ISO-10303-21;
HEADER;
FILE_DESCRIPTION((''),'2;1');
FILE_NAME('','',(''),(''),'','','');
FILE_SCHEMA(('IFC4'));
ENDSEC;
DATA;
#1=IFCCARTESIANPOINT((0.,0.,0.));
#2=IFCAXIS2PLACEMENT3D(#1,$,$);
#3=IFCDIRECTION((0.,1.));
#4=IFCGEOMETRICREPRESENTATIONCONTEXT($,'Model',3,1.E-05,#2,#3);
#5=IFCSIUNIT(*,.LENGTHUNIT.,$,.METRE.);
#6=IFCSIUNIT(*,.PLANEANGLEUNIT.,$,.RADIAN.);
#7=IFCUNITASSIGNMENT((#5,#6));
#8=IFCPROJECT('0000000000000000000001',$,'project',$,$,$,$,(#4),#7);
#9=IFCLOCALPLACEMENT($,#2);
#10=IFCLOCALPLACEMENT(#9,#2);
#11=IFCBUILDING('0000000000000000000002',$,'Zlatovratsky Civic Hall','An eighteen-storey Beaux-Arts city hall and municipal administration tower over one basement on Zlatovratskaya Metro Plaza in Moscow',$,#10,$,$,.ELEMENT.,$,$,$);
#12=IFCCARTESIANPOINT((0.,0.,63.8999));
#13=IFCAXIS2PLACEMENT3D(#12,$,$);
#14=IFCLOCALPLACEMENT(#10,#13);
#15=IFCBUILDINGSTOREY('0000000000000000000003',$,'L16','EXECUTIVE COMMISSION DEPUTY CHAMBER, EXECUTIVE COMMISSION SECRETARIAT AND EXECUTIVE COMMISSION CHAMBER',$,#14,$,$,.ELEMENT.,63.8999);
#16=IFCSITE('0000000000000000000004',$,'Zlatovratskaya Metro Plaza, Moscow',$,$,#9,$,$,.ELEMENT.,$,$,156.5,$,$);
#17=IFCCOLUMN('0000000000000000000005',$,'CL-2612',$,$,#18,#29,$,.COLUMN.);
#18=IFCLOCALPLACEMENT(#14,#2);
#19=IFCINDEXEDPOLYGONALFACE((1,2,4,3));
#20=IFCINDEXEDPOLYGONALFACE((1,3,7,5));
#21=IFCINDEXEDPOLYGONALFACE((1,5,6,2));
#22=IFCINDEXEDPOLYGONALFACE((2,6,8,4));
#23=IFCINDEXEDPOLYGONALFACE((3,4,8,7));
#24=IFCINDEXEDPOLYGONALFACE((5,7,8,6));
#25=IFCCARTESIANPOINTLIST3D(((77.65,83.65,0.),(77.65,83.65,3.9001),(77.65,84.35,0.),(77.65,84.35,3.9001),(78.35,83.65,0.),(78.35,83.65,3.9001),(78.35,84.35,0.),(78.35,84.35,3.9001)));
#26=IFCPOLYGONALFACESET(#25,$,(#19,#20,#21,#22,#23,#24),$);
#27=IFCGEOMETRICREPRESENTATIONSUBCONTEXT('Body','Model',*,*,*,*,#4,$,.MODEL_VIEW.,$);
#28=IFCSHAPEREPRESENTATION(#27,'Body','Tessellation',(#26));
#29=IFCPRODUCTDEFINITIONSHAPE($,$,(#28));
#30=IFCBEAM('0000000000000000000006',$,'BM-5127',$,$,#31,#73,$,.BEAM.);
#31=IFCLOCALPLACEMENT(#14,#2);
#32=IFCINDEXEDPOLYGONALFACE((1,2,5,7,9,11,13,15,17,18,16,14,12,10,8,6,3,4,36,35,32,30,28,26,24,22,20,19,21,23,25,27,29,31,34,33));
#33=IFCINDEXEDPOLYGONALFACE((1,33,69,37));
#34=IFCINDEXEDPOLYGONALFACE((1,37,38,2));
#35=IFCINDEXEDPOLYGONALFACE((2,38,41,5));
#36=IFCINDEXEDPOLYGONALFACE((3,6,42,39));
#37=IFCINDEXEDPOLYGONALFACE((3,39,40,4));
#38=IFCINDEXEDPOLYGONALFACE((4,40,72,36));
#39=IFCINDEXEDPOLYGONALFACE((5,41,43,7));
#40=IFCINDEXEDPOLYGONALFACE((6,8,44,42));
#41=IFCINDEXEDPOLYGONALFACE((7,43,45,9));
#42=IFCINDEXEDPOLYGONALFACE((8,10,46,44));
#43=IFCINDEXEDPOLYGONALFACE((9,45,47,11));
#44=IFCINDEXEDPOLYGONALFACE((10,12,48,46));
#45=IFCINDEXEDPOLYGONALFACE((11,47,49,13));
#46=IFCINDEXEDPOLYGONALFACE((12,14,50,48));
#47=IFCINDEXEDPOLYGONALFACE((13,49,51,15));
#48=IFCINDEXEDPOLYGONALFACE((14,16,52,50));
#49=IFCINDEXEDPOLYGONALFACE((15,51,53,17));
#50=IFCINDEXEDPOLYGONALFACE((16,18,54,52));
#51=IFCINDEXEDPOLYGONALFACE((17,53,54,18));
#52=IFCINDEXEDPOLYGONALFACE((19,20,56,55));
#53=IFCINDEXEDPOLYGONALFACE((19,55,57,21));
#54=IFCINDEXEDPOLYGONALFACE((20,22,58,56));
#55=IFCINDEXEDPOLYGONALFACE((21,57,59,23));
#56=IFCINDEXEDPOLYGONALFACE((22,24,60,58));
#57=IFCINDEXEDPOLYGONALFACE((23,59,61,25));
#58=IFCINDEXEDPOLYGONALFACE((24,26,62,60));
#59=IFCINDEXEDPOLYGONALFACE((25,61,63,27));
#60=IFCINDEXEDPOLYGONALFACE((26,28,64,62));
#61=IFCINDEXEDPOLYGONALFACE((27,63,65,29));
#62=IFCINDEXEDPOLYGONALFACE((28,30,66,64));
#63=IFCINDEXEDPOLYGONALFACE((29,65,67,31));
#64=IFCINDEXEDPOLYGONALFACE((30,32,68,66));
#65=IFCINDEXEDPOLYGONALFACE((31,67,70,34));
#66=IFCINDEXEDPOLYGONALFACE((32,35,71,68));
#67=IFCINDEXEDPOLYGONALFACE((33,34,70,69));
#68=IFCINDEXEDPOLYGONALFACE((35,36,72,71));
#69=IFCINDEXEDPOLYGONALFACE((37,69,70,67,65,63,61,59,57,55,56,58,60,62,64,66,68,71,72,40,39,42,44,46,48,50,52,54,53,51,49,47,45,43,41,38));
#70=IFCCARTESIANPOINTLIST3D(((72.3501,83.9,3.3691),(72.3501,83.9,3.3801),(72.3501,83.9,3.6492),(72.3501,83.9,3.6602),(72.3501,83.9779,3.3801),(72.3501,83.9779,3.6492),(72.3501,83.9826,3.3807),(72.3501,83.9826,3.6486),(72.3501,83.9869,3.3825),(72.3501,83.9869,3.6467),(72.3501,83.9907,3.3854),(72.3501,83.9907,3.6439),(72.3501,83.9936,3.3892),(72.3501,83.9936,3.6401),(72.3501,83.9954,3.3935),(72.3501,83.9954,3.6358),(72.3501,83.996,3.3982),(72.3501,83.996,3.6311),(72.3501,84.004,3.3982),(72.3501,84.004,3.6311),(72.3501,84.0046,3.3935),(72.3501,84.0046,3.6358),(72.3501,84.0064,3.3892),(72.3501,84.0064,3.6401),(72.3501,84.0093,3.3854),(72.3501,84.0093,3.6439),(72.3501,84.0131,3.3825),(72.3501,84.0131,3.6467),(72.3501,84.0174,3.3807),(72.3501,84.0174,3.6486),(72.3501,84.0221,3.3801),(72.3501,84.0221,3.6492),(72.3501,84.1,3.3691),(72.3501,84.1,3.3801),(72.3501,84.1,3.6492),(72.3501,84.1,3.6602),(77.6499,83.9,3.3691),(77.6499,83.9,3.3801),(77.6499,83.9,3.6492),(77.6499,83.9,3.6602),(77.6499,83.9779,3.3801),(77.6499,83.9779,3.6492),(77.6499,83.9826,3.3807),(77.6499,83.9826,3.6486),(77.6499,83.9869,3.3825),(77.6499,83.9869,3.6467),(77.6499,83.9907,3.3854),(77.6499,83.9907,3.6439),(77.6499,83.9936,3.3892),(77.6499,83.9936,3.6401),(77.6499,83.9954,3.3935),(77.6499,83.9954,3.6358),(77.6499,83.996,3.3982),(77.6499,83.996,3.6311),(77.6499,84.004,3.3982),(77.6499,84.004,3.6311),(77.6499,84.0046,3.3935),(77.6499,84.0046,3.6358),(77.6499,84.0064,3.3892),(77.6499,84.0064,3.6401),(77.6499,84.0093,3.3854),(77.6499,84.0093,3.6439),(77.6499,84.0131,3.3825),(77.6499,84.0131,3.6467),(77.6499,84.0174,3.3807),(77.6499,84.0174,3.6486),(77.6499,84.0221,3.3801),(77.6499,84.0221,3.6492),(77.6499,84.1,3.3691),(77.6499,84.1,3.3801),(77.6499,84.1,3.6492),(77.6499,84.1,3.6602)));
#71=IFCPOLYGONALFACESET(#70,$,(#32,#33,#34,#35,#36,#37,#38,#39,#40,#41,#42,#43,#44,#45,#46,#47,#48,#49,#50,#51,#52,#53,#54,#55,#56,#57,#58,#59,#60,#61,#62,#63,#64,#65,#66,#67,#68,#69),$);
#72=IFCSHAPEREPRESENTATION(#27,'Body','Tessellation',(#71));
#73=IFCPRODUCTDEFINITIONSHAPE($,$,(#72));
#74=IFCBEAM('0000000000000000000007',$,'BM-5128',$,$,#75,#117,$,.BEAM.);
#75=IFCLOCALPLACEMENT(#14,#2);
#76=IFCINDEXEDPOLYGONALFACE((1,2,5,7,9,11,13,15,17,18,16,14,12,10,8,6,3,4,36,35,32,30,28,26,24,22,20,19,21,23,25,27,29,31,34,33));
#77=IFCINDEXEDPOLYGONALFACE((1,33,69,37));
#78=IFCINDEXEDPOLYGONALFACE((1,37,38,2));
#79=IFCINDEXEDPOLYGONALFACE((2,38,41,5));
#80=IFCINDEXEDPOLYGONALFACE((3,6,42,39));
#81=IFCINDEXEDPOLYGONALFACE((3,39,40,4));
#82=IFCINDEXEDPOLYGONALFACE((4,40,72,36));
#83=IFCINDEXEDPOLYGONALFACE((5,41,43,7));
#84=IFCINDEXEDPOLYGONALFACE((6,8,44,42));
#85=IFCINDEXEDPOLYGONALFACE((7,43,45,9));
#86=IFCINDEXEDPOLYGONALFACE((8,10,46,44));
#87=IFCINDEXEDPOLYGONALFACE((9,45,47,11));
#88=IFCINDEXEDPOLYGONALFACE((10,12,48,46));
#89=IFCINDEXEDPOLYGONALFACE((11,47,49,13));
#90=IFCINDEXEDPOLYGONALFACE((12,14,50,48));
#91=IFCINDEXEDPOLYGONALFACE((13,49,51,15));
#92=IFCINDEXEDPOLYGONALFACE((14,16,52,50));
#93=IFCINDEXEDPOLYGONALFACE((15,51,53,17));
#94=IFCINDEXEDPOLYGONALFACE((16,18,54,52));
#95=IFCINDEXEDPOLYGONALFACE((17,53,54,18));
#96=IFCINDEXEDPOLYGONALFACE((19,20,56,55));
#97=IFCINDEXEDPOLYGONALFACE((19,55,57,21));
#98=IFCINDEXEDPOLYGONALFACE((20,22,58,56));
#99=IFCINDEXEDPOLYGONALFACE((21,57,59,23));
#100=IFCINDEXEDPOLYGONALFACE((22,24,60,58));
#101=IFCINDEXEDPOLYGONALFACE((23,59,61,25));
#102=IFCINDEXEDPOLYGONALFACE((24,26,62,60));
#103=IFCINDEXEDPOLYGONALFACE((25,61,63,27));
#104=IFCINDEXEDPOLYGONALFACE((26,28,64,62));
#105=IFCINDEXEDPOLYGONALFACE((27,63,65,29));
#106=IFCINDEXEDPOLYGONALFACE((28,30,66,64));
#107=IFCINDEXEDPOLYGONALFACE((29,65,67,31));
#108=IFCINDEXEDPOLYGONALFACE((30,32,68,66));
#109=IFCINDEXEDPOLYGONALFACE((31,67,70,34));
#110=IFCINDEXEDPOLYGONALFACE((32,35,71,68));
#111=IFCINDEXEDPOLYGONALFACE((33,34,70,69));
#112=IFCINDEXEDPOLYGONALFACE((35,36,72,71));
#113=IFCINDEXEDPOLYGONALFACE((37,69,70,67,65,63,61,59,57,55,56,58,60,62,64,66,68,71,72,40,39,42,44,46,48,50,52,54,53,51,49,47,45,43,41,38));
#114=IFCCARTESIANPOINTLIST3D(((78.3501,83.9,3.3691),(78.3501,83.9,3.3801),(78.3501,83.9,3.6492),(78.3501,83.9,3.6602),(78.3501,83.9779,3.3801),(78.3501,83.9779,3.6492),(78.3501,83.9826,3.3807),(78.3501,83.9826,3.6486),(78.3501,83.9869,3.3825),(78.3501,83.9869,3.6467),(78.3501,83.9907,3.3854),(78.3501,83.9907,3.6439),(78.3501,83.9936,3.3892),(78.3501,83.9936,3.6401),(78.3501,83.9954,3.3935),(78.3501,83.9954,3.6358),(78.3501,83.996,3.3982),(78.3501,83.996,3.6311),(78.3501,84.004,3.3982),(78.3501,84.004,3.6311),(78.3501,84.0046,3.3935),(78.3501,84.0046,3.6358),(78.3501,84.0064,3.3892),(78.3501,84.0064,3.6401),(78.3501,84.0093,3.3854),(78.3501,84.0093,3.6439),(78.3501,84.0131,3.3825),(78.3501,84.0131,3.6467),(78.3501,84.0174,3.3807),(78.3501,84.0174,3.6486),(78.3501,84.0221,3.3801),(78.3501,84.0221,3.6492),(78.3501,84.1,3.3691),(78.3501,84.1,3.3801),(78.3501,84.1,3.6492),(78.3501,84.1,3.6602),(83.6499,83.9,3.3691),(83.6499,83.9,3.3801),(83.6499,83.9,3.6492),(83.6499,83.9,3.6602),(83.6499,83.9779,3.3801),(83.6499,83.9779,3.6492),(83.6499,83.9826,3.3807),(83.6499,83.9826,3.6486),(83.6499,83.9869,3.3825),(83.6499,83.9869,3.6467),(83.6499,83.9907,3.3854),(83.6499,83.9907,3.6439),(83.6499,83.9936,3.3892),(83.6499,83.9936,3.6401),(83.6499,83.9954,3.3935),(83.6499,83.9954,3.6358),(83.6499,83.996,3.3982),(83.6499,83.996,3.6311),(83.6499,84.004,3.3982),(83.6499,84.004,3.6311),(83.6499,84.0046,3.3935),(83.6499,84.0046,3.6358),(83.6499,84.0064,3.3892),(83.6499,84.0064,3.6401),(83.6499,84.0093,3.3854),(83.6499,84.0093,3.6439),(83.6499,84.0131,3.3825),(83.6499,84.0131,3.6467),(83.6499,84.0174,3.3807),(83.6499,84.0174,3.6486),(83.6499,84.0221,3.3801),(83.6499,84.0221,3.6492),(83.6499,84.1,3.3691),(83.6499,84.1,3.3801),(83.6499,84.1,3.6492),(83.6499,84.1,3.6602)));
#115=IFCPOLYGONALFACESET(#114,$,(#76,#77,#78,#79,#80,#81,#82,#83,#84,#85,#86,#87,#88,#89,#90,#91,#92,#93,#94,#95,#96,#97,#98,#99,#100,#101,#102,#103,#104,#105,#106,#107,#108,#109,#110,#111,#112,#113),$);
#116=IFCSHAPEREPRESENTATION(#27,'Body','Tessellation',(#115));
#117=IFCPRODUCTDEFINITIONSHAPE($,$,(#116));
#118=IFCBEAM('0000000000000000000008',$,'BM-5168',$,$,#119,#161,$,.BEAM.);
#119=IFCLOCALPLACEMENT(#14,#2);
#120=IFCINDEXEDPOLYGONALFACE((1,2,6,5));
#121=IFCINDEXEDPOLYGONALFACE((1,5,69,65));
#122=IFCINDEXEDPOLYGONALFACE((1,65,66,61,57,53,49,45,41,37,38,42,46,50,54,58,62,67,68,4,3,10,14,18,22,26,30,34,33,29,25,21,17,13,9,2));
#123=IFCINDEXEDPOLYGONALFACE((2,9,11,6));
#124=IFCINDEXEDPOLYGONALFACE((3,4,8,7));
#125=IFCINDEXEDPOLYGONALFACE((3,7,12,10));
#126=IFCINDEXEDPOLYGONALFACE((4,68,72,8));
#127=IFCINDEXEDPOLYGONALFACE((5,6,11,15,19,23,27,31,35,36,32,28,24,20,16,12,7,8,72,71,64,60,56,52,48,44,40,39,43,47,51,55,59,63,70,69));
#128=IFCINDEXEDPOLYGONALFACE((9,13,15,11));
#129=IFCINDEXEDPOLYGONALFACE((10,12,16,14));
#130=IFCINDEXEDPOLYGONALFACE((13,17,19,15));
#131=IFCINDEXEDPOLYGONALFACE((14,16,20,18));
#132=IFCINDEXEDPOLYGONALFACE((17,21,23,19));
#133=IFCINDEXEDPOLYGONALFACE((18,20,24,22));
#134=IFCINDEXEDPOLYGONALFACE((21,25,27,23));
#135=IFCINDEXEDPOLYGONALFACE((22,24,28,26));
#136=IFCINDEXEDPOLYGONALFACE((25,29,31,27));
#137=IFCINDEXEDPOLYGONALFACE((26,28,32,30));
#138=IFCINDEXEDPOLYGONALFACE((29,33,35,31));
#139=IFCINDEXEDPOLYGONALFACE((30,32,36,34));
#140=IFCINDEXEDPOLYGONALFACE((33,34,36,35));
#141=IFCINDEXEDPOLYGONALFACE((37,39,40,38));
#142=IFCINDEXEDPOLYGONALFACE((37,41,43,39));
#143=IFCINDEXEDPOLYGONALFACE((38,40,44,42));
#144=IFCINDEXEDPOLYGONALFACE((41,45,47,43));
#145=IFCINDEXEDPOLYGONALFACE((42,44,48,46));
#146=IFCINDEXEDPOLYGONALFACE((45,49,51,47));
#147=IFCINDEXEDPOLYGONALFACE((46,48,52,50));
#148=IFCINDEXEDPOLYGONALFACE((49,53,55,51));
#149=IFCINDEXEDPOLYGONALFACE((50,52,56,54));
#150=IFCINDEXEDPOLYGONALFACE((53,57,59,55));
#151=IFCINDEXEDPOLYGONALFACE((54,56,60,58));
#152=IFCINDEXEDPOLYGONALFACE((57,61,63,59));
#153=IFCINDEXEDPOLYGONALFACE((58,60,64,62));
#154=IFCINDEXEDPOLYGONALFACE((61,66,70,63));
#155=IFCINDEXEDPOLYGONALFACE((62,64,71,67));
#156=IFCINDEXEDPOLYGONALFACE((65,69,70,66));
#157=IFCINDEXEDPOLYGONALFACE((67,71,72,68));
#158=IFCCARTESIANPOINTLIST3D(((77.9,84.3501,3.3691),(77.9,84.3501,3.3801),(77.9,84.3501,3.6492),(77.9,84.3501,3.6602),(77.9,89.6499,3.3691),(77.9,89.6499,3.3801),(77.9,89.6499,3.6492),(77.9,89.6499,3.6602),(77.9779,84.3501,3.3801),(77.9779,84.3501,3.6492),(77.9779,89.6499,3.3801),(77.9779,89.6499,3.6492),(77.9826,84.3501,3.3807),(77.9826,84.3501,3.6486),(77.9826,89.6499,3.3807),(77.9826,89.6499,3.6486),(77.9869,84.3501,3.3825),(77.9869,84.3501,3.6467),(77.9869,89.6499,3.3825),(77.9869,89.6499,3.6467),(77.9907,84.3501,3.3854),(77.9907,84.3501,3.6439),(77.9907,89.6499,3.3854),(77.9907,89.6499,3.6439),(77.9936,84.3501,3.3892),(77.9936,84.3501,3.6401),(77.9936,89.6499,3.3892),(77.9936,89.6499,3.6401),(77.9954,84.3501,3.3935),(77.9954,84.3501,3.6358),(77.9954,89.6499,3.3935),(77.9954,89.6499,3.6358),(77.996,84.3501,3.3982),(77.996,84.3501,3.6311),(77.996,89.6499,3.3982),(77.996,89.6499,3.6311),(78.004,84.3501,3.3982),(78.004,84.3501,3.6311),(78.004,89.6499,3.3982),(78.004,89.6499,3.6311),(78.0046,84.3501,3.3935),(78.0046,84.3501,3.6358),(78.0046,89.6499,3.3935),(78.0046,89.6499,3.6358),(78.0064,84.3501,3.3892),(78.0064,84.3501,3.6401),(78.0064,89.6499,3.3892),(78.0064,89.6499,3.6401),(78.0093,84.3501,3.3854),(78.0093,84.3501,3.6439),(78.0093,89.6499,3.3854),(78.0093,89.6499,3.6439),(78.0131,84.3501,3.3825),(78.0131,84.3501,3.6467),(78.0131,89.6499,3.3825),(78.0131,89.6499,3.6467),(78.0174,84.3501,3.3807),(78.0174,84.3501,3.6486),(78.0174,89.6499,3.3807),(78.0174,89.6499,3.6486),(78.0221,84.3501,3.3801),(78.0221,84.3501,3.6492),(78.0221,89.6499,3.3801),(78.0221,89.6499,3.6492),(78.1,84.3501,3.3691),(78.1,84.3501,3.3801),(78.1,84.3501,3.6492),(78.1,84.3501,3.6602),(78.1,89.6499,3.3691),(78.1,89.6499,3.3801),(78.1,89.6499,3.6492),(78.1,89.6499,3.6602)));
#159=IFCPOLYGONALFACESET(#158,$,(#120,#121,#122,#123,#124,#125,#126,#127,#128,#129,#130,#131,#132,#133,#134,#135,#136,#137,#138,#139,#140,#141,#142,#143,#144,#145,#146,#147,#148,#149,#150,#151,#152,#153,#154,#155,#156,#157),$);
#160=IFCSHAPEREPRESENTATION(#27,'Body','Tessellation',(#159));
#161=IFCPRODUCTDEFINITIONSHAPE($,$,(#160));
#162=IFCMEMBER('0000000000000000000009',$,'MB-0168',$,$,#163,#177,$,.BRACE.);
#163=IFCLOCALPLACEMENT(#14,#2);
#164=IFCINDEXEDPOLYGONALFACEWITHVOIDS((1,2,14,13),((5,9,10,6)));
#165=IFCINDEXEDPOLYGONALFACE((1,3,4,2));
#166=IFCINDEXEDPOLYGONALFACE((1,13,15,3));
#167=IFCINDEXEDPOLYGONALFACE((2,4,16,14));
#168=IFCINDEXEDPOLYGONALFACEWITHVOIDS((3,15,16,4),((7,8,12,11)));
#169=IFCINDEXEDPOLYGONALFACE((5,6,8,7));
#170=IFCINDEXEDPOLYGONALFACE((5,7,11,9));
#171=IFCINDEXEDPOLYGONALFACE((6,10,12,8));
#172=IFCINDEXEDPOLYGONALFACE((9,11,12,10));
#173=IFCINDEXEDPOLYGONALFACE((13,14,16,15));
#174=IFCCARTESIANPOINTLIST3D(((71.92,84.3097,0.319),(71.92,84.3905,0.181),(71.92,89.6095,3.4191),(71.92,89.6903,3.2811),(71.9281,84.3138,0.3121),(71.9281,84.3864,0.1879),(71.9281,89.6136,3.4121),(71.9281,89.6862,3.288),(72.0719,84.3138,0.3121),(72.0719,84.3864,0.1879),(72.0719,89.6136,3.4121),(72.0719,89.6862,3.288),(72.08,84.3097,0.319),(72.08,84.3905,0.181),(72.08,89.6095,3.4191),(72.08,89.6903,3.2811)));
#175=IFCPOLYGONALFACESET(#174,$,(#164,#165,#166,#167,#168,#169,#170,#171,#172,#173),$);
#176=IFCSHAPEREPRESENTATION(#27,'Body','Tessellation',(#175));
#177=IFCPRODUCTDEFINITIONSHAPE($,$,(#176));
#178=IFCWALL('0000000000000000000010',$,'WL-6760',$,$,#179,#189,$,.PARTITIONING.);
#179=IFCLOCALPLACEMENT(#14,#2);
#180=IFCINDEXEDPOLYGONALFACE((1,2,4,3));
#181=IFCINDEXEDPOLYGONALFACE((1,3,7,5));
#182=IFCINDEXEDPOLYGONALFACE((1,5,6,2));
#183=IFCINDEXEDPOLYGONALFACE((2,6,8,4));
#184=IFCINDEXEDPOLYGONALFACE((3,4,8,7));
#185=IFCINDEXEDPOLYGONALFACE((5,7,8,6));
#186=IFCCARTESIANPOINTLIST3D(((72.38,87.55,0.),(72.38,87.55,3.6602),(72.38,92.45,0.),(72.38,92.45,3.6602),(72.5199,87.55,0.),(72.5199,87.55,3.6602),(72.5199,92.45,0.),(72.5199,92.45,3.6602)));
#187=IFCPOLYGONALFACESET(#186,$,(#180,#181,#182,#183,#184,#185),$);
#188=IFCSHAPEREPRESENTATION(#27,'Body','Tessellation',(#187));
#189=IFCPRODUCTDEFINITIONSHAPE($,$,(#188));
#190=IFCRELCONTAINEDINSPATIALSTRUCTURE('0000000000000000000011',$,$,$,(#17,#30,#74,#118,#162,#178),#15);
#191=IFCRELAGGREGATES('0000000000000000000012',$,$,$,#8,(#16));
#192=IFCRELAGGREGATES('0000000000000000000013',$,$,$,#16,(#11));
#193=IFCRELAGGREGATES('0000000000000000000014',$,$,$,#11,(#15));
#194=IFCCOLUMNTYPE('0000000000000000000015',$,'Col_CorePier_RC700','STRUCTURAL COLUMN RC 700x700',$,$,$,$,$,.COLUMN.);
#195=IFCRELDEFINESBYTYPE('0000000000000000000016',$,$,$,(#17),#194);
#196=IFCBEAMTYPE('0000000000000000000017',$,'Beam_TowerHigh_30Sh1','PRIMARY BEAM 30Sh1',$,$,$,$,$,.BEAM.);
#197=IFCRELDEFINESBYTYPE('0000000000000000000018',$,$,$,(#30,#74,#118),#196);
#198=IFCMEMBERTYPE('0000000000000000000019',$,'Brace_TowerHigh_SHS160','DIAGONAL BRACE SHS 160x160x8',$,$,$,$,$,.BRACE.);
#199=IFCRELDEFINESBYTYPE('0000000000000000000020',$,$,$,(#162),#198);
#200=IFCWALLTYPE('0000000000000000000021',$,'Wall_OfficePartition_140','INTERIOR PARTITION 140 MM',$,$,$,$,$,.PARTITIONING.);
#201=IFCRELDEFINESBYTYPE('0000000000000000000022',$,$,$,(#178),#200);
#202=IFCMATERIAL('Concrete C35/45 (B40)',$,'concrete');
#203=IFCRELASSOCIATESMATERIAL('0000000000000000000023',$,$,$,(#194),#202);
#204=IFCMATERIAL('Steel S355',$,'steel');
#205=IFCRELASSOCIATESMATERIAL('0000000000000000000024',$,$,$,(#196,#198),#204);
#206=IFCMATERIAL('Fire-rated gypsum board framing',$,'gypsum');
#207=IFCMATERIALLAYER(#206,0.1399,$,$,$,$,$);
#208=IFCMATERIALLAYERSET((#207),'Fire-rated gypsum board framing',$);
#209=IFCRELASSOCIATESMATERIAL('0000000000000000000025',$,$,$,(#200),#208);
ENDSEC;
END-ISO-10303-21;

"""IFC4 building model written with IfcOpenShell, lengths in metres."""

from ifc_helpers import new_model, si_unit, direction, frame, frame_2d, origin, origin_2d, place, context, subcontext, project, spatial, rectangle, hollow_rectangle, i_section, extrude, material, layer, layer_set, material_profile, profile_set, type_object, element, save


model = new_model("IFC4")

# Units and contexts
model_context = context("Model", 3, precision=1e-05, world=origin(), true_north=direction((0.0, 1.0)))
body_context = subcontext(model_context, "Body", "Model", "MODEL_VIEW")
ifc_project = project(units=[si_unit("LENGTHUNIT", "METRE"), si_unit("PLANEANGLEUNIT", "RADIAN")], contexts=[model_context])

# Site, building, storey
site_placement = place(None, origin())
site = spatial("IfcSite", under=ifc_project, at=site_placement, Name="Zlatovratskaya Metro Plaza, Moscow", CompositionType="ELEMENT", RefElevation=156.5)
building_placement = place(site_placement, origin())
building = spatial("IfcBuilding", under=site, at=building_placement, Name="Zlatovratsky Civic Hall", Description="An eighteen-storey Beaux-Arts city hall and municipal administration tower over one basement on Zlatovratskaya Metro Plaza in Moscow", CompositionType="ELEMENT")
storey_placement = place(building_placement, frame((0.0, 0.0, 63.8999)))
storey = spatial("IfcBuildingStorey", under=building, at=storey_placement, Name="L16", Description="EXECUTIVE COMMISSION DEPUTY CHAMBER, EXECUTIVE COMMISSION SECRETARIAT AND EXECUTIVE COMMISSION CHAMBER", CompositionType="ELEMENT", Elevation=63.8999)

# Column
ifc_material_1 = material(Name="Concrete C35/45 (B40)", Category="concrete")
ifc_material_profile_1 = material_profile(ifc_material_1, rectangle(XDim=0.7, YDim=0.7, at=origin_2d()), Name="RC 700x700")
ifc_profile_set_1 = profile_set([ifc_material_profile_1], Name="Concrete C35/45 (B40)")
column_type = type_object("IfcColumnType", Name="Col_CorePier_RC700", Description="STRUCTURAL COLUMN RC 700x700", PredefinedType="COLUMN", material=ifc_profile_set_1)
column_placement = place(storey_placement, frame((78.0, 84.0, 0.0), z_axis=(0.0, 0.0, 1.0), x_axis=(1.0, 0.0, 0.0)))
element("IfcColumn", 1, at=column_placement, inside=storey, type_object=column_type, Name="CL-2612", PredefinedType="COLUMN", context=body_context, shape_type="SweptSolid", body=[
    extrude(rectangle(XDim=0.7, YDim=0.7, at=origin_2d()), origin(), (0.0, 0.0, 1.0), 3.9001),
])

# Beams
ifc_material_2 = material(Name="Steel S355", Category="steel")
ifc_material_profile_2 = material_profile(ifc_material_2, i_section(OverallWidth=0.2, OverallDepth=0.291, WebThickness=0.0081, FlangeThickness=0.011, FilletRadius=0.0181, at=origin_2d()), Name="30Sh1")
ifc_profile_set_2 = profile_set([ifc_material_profile_2], Name="Steel S355")
beam_type = type_object("IfcBeamType", Name="Beam_TowerHigh_30Sh1", Description="PRIMARY BEAM 30Sh1", PredefinedType="BEAM", material=ifc_profile_set_2)
for number, where, z_axis, x_axis, name in (
    (2, (72.3501, 84.0, 3.5146), (1.0, 0.0, 0.0), (0.0, 1.0, 0.0), "BM-5127"),
    (3, (78.3501, 84.0, 3.5146), (1.0, 0.0, 0.0), (0.0, 1.0, 0.0), "BM-5128"),
    (4, (78.0, 84.3501, 3.5146), (0.0, 1.0, 0.0), (-1.0, 0.0, 0.0), "BM-5168"),
):
    element("IfcBeam", number, at=place(storey_placement, frame(where, z_axis=z_axis, x_axis=x_axis)), inside=storey, type_object=beam_type, Name=name, PredefinedType="BEAM", context=body_context, shape_type="SweptSolid", body=[
        extrude(i_section(OverallWidth=0.2, OverallDepth=0.291, WebThickness=0.0081, FlangeThickness=0.011, FilletRadius=0.0181, at=origin_2d()), origin(), (0.0, 0.0, 1.0), 5.2998),
    ])

# Member
ifc_material_profile_3 = material_profile(ifc_material_2, hollow_rectangle(XDim=0.1599, YDim=0.1599, WallThickness=0.0081, at=origin_2d()), Name="SHS 160x160x8")
ifc_profile_set_3 = profile_set([ifc_material_profile_3], Name="Steel S355")
member_type = type_object("IfcMemberType", Name="Brace_TowerHigh_SHS160", Description="DIAGONAL BRACE SHS 160x160x8", PredefinedType="BRACE", material=ifc_profile_set_3)
member_placement = place(storey_placement, frame((72.0, 84.3501, 0.25), z_axis=(0.0, 0.863173, 0.504909), x_axis=(-1.0, 0.0, 0.0)))
element("IfcMember", 5, at=member_placement, inside=storey, type_object=member_type, Name="MB-0168", PredefinedType="BRACE", context=body_context, shape_type="SweptSolid", body=[
    extrude(hollow_rectangle(XDim=0.1599, YDim=0.1599, WallThickness=0.0081, at=origin_2d()), origin(), (0.0, 0.0, 1.0), 6.1399),
])

# Wall
ifc_material_3 = material(Name="Fire-rated gypsum board framing", Category="gypsum")
ifc_layer_1 = layer(ifc_material_3, 0.1399)
ifc_layer_set_1 = layer_set([ifc_layer_1], Name="Fire-rated gypsum board framing")
wall_type_1 = type_object("IfcWallType", Name="Wall_OfficePartition_140", Description="INTERIOR PARTITION 140 MM", PredefinedType="PARTITIONING", material=ifc_layer_set_1)
wall_1_placement = place(storey_placement, frame((72.45, 87.55, 0.0), z_axis=(0.0, 0.0, 1.0), x_axis=(0.0, 1.0, 0.0)))
element("IfcWall", 6, at=wall_1_placement, inside=storey, type_object=wall_type_1, Name="WL-6760", PredefinedType="PARTITIONING", context=body_context, shape_type="SweptSolid", body=[
    extrude(rectangle(XDim=4.8999, YDim=0.1399, at=frame_2d((2.45, 0.0))), origin(), (0.0, 0.0, 1.0), 3.6602),
])

save(model, "model.ifc")
